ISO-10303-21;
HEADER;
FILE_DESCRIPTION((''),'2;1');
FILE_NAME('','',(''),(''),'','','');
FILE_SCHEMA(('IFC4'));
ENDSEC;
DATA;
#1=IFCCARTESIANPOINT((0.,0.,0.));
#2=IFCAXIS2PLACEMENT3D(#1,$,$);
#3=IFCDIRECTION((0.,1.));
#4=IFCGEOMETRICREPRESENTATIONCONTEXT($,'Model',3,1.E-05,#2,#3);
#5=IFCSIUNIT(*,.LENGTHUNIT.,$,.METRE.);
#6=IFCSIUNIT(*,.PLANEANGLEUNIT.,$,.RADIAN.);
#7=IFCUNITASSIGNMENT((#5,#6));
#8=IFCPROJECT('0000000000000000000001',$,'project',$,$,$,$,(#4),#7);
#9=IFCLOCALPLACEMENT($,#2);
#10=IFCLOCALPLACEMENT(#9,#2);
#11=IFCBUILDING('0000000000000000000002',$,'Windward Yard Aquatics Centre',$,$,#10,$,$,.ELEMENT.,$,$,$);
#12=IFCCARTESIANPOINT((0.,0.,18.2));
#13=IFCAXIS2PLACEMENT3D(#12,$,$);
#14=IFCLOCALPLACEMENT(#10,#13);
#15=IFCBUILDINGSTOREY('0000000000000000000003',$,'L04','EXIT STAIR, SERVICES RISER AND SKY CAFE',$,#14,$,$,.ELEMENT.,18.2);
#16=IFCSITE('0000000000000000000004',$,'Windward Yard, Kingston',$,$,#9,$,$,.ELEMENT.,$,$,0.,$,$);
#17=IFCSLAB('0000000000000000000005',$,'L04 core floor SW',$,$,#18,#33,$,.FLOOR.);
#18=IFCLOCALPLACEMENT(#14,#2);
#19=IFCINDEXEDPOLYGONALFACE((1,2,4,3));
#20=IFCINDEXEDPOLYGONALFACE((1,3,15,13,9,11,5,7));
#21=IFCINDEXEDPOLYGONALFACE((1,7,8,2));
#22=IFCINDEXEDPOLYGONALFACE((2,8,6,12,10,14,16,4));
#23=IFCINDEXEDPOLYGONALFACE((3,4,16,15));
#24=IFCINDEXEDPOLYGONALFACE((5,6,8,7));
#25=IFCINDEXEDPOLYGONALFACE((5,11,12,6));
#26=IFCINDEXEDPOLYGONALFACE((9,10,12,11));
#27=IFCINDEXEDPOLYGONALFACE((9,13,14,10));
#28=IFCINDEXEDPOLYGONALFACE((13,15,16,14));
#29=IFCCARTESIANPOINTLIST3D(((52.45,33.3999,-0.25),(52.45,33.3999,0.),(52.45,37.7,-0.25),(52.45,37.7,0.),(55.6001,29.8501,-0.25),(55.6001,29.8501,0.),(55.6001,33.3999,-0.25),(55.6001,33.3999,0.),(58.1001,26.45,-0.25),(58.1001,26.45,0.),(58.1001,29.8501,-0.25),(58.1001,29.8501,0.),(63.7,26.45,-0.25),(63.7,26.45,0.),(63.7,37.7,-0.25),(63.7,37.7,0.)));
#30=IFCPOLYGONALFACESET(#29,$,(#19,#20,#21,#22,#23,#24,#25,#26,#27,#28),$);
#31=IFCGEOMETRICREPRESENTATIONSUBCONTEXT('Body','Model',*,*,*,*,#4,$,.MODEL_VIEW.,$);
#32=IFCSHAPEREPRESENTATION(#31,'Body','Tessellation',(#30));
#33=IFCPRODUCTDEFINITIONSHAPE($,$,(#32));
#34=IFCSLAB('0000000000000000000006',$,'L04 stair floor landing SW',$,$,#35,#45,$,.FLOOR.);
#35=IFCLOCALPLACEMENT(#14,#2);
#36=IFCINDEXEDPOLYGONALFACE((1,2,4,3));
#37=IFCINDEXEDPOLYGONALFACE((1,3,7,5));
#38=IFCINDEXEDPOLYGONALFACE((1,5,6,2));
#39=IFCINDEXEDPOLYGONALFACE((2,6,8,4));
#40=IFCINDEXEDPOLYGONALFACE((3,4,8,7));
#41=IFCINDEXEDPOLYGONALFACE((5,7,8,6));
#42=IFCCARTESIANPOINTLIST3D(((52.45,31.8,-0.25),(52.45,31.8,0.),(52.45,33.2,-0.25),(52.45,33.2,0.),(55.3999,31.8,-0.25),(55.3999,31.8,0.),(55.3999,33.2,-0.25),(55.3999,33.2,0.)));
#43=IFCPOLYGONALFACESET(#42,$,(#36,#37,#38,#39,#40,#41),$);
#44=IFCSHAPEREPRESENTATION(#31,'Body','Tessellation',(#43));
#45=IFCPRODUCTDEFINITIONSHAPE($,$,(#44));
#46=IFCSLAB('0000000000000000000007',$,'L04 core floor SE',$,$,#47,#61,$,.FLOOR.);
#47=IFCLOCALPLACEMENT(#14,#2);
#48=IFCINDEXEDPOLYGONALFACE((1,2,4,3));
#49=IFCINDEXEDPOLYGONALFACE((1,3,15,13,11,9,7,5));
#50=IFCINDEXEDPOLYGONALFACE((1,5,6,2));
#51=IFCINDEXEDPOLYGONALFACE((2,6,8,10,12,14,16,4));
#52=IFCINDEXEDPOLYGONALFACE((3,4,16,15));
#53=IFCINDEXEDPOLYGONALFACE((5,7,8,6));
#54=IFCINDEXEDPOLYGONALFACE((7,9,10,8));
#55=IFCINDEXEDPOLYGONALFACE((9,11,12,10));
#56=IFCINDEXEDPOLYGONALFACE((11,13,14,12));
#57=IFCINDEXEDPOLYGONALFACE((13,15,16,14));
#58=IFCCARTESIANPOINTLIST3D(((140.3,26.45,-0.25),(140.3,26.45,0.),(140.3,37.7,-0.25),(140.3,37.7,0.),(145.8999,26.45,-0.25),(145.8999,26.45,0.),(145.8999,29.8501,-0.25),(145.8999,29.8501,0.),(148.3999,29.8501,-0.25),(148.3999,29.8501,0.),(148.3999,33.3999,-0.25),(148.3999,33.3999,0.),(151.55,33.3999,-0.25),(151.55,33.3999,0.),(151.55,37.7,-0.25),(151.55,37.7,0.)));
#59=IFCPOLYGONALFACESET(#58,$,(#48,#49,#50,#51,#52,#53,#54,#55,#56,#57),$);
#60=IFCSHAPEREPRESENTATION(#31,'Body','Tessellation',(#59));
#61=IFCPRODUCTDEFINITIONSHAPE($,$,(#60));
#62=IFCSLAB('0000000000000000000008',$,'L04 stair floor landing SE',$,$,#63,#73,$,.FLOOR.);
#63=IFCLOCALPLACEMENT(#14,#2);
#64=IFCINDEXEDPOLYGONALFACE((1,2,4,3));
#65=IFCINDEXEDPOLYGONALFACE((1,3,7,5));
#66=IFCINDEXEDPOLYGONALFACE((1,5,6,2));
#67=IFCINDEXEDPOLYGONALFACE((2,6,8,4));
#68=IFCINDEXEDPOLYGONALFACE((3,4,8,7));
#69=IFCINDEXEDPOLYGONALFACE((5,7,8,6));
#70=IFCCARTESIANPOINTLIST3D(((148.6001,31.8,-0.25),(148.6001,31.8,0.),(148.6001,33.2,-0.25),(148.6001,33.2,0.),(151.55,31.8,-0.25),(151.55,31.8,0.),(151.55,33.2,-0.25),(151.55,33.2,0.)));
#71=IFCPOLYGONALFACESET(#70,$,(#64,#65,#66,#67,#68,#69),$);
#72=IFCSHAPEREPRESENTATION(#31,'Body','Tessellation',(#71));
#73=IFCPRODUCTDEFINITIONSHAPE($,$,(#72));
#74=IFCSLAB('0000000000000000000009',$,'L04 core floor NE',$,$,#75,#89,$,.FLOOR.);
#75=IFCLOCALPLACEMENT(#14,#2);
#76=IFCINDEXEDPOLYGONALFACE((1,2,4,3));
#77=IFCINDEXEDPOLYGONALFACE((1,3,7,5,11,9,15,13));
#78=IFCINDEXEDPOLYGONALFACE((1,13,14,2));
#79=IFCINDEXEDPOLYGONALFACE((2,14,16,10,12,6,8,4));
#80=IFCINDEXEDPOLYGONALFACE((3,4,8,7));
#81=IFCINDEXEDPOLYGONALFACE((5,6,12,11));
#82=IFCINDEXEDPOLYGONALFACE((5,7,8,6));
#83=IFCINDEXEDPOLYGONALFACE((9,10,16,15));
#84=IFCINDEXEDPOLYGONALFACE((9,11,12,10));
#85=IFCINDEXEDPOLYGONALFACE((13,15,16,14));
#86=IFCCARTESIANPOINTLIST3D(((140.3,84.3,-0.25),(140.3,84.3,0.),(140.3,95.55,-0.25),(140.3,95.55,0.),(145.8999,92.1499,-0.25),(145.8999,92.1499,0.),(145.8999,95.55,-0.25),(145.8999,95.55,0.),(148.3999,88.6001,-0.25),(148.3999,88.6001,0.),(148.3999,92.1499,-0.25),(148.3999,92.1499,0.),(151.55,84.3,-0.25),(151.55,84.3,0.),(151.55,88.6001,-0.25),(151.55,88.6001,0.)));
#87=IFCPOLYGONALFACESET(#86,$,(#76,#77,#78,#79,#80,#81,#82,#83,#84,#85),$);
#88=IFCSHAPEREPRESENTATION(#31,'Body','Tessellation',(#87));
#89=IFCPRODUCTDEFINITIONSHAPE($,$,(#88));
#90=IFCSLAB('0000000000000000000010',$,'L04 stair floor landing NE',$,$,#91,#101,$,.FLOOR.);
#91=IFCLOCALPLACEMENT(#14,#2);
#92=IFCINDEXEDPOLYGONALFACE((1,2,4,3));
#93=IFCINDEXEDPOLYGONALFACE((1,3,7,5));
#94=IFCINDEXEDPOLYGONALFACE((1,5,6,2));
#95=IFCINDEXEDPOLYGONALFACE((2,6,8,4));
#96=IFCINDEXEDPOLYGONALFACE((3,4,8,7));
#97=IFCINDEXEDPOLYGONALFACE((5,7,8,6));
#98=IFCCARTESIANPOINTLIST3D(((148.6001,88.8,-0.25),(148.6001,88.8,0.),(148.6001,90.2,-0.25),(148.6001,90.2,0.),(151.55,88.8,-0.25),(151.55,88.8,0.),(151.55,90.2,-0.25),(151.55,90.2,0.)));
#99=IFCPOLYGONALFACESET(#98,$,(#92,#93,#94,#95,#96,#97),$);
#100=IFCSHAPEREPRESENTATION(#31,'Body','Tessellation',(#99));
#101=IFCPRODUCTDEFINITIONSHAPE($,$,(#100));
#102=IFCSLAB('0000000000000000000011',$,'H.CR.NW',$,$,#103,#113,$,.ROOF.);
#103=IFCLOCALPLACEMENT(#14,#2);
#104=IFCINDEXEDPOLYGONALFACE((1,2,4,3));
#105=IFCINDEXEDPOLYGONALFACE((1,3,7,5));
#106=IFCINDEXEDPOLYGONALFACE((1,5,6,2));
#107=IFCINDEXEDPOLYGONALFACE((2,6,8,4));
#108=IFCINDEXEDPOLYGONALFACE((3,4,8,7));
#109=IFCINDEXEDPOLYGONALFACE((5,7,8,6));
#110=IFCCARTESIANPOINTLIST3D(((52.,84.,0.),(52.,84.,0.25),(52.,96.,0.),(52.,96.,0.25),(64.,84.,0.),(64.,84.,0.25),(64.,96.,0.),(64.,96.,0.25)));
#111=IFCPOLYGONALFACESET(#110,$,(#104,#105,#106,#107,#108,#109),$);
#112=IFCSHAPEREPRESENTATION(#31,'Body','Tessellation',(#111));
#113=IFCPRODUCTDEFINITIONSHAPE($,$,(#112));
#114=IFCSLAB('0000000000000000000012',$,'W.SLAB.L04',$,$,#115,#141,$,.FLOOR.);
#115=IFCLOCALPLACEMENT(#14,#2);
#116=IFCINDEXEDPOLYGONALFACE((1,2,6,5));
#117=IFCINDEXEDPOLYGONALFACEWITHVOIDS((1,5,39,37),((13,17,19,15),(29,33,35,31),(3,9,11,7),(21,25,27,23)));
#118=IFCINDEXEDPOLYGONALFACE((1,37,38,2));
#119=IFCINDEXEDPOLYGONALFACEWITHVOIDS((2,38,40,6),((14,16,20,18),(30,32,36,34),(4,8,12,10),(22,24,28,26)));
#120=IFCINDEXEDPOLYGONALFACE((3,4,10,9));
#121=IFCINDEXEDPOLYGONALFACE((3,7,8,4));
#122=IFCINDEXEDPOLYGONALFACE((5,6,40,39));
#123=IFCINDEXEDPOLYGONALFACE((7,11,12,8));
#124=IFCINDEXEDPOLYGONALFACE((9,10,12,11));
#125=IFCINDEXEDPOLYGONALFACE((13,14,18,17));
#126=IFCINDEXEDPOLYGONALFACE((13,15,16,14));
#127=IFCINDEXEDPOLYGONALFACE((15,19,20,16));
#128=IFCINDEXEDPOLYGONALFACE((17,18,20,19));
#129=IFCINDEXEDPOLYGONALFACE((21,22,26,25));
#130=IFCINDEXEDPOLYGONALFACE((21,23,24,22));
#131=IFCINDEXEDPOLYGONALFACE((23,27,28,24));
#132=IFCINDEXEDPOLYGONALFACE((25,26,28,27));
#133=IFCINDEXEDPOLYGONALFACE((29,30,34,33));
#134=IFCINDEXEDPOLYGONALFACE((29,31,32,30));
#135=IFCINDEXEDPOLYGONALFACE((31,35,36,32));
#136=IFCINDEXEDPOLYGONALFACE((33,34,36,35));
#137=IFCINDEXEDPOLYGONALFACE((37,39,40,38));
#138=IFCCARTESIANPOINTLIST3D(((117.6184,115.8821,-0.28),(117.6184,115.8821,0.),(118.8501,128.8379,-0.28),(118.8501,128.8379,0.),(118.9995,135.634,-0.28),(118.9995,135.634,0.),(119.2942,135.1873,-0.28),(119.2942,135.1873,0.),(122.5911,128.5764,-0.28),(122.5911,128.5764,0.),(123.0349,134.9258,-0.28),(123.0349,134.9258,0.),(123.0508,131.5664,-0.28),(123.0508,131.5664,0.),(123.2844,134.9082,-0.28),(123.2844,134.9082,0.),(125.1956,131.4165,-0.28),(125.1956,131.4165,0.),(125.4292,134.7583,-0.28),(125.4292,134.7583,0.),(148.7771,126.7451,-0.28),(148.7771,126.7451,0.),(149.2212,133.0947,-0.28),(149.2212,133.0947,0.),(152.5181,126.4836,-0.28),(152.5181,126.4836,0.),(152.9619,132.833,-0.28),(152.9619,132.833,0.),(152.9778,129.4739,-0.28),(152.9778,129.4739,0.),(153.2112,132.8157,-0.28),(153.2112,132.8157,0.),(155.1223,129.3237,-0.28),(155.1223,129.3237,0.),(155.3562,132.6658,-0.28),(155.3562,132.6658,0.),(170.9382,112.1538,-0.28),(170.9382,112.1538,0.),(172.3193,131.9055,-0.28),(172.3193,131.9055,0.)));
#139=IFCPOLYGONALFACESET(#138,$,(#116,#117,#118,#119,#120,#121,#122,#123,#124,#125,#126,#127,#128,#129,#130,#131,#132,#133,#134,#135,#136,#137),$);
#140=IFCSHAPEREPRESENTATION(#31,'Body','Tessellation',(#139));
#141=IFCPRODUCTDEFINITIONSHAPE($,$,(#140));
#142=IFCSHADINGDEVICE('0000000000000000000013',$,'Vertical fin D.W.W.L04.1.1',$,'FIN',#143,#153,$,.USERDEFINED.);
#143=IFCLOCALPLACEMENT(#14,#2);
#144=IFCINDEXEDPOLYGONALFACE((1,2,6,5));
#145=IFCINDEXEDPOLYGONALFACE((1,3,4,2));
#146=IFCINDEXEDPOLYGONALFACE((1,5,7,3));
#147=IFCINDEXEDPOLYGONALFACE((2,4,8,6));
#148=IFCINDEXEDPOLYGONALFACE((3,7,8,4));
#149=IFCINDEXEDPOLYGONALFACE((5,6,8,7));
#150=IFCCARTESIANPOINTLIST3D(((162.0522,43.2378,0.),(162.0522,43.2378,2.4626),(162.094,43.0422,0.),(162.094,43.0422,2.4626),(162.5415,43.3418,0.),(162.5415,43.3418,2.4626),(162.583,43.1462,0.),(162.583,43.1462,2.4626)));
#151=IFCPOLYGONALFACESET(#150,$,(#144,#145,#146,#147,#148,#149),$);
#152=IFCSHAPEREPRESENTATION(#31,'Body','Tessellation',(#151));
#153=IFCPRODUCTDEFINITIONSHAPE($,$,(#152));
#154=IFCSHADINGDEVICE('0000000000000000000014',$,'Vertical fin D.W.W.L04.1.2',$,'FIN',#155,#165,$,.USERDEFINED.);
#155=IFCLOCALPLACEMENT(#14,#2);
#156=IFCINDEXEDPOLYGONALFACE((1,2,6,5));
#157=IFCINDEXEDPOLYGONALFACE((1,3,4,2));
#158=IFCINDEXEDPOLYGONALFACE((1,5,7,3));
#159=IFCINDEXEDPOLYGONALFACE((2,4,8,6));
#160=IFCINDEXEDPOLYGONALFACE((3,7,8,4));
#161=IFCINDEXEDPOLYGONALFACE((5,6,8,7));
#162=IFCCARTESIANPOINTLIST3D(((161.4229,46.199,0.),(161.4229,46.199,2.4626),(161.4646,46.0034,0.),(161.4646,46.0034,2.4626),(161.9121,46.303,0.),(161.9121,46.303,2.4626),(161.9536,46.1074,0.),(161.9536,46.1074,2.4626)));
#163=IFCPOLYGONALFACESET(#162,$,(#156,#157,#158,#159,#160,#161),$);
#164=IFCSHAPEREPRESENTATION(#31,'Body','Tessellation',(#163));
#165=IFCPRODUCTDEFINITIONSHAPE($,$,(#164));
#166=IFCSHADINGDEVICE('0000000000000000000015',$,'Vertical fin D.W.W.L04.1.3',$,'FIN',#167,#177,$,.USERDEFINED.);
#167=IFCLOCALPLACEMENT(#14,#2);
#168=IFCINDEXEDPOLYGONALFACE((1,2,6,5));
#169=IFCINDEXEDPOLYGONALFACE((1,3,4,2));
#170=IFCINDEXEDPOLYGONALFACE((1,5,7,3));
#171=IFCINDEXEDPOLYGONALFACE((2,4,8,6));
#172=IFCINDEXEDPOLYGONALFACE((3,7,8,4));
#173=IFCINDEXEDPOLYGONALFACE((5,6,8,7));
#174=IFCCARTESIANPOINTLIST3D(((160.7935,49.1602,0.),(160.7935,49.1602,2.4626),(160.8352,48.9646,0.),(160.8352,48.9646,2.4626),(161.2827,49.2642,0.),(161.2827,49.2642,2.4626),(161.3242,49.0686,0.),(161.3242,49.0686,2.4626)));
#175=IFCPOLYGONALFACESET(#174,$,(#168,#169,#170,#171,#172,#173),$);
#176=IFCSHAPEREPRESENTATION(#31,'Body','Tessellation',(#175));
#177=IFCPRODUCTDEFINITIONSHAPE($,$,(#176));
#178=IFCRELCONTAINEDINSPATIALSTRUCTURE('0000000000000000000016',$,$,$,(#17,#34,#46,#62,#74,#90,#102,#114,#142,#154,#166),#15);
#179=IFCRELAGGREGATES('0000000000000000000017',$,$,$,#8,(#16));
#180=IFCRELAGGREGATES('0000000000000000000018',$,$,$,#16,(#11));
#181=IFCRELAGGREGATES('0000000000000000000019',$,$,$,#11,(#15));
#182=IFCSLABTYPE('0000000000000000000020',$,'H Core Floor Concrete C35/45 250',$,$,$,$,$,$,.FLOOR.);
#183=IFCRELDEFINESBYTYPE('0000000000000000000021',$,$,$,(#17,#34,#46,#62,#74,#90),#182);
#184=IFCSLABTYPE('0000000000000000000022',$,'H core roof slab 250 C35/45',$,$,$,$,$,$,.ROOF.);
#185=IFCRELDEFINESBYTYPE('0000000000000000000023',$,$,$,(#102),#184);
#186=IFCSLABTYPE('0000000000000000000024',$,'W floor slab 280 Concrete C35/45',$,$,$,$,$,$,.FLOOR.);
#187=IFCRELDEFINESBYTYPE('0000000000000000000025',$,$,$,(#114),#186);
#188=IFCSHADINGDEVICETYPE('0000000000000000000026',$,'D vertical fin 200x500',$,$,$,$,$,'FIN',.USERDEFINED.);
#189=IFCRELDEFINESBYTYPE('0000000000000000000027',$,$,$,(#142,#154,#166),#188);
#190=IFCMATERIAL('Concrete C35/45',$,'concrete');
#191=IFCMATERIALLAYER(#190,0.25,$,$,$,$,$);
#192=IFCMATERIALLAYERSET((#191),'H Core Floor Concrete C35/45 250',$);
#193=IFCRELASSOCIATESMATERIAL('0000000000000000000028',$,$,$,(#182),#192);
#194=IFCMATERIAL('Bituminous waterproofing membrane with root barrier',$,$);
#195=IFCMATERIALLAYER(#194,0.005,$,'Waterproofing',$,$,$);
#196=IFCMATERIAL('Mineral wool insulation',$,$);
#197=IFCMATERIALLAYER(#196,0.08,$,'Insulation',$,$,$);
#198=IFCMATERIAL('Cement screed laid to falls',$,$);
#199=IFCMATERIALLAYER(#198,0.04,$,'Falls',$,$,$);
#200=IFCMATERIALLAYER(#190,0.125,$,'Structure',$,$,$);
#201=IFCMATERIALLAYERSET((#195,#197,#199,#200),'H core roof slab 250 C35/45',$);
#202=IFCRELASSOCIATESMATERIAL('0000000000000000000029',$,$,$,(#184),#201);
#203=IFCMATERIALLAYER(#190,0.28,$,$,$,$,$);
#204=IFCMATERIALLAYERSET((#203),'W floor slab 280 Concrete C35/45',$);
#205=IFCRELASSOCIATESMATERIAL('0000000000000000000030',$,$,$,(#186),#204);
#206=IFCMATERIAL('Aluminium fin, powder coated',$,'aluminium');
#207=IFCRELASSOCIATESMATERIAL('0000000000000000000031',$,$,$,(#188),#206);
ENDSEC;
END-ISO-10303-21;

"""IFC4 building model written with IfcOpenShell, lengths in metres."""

from ifc_helpers import new_model, si_unit, direction, frame, origin, place, context, subcontext, project, spatial, polyline, outline, extrude, material, layer, layer_set, type_object, element, save


model = new_model("IFC4")

# Units and contexts
model_context = context("Model", 3, precision=1e-05, world=origin(), true_north=direction((0.0, 1.0)))
body_context = subcontext(model_context, "Body", "Model", "MODEL_VIEW")
ifc_project = project(units=[si_unit("LENGTHUNIT", "METRE"), si_unit("PLANEANGLEUNIT", "RADIAN")], contexts=[model_context])

# Site, building, storey
site_placement = place(None, origin())
site = spatial("IfcSite", under=ifc_project, at=site_placement, Name="Windward Yard, Kingston", CompositionType="ELEMENT", RefElevation=0.0)
building_placement = place(site_placement, origin())
building = spatial("IfcBuilding", under=site, at=building_placement, Name="Windward Yard Aquatics Centre", CompositionType="ELEMENT")
storey_placement = place(building_placement, frame((0.0, 0.0, 18.2)))
storey = spatial("IfcBuildingStorey", under=building, at=storey_placement, Name="L04", Description="EXIT STAIR, SERVICES RISER AND SKY CAFE", CompositionType="ELEMENT", Elevation=18.2)

# Slabs
ifc_material_1 = material(Name="Concrete C35/45", Category="concrete")
ifc_layer_1 = layer(ifc_material_1, 0.25)
ifc_layer_set_1 = layer_set([ifc_layer_1], Name="H Core Floor Concrete C35/45 250")
slab_type_1 = type_object("IfcSlabType", Name="H Core Floor Concrete C35/45 250", PredefinedType="FLOOR", material=ifc_layer_set_1)
slab_1_placement = place(storey_placement, frame((0.0, 0.0, -0.25)))
element("IfcSlab", 1, at=slab_1_placement, inside=storey, type_object=slab_type_1, Name="L04 core floor SW", PredefinedType="FLOOR", context=body_context, shape_type="SweptSolid", body=[
    extrude(outline(polyline([(52.45, 33.3999), (55.6001, 33.3999), (55.6001, 29.8501), (58.1001, 29.8501), (58.1001, 26.45), (63.7, 26.45), (63.7, 37.7), (52.45, 37.7), (52.45, 33.3999)])), origin(), (0.0, 0.0, 1.0), 0.25),
])
slab_2_placement = place(storey_placement, frame((0.0, 0.0, -0.25)))
element("IfcSlab", 2, at=slab_2_placement, inside=storey, type_object=slab_type_1, Name="L04 stair floor landing SW", PredefinedType="FLOOR", context=body_context, shape_type="SweptSolid", body=[
    extrude(outline(polyline([(52.45, 31.8), (55.3999, 31.8), (55.3999, 33.2), (52.45, 33.2), (52.45, 31.8)])), origin(), (0.0, 0.0, 1.0), 0.25),
])
slab_3_placement = place(storey_placement, frame((0.0, 0.0, -0.25)))
element("IfcSlab", 3, at=slab_3_placement, inside=storey, type_object=slab_type_1, Name="L04 core floor SE", PredefinedType="FLOOR", context=body_context, shape_type="SweptSolid", body=[
    extrude(outline(polyline([(140.3, 26.45), (145.8999, 26.45), (145.8999, 29.8501), (148.3999, 29.8501), (148.3999, 33.3999), (151.55, 33.3999), (151.55, 37.7), (140.3, 37.7), (140.3, 26.45)])), origin(), (0.0, 0.0, 1.0), 0.25),
])
slab_4_placement = place(storey_placement, frame((0.0, 0.0, -0.25)))
element("IfcSlab", 4, at=slab_4_placement, inside=storey, type_object=slab_type_1, Name="L04 stair floor landing SE", PredefinedType="FLOOR", context=body_context, shape_type="SweptSolid", body=[
    extrude(outline(polyline([(148.6001, 31.8), (151.55, 31.8), (151.55, 33.2), (148.6001, 33.2), (148.6001, 31.8)])), origin(), (0.0, 0.0, 1.0), 0.25),
])
slab_5_placement = place(storey_placement, frame((0.0, 0.0, -0.25)))
element("IfcSlab", 5, at=slab_5_placement, inside=storey, type_object=slab_type_1, Name="L04 core floor NE", PredefinedType="FLOOR", context=body_context, shape_type="SweptSolid", body=[
    extrude(outline(polyline([(140.3, 84.3), (151.55, 84.3), (151.55, 88.6001), (148.3999, 88.6001), (148.3999, 92.1499), (145.8999, 92.1499), (145.8999, 95.55), (140.3, 95.55), (140.3, 84.3)])), origin(), (0.0, 0.0, 1.0), 0.25),
])
slab_6_placement = place(storey_placement, frame((0.0, 0.0, -0.25)))
element("IfcSlab", 6, at=slab_6_placement, inside=storey, type_object=slab_type_1, Name="L04 stair floor landing NE", PredefinedType="FLOOR", context=body_context, shape_type="SweptSolid", body=[
    extrude(outline(polyline([(148.6001, 88.8), (151.55, 88.8), (151.55, 90.2), (148.6001, 90.2), (148.6001, 88.8)])), origin(), (0.0, 0.0, 1.0), 0.25),
])
ifc_material_2 = material(Name="Bituminous waterproofing membrane with root barrier")
ifc_layer_2 = layer(ifc_material_2, 0.005, Name="Waterproofing")
ifc_material_3 = material(Name="Mineral wool insulation")
ifc_layer_3 = layer(ifc_material_3, 0.08, Name="Insulation")
ifc_material_4 = material(Name="Cement screed laid to falls")
ifc_layer_4 = layer(ifc_material_4, 0.04, Name="Falls")
ifc_layer_5 = layer(ifc_material_1, 0.125, Name="Structure")
ifc_layer_set_2 = layer_set([ifc_layer_2, ifc_layer_3, ifc_layer_4, ifc_layer_5], Name="H core roof slab 250 C35/45")
slab_type_2 = type_object("IfcSlabType", Name="H core roof slab 250 C35/45", PredefinedType="ROOF", material=ifc_layer_set_2)
slab_7_placement = place(storey_placement, origin())
element("IfcSlab", 7, at=slab_7_placement, inside=storey, type_object=slab_type_2, Name="H.CR.NW", PredefinedType="ROOF", context=body_context, shape_type="SweptSolid", body=[
    extrude(outline(polyline([(52.0, 84.0), (64.0, 84.0), (64.0, 96.0), (52.0, 96.0), (52.0, 84.0)])), origin(), (0.0, 0.0, 1.0), 0.25),
])
ifc_layer_6 = layer(ifc_material_1, 0.28)
ifc_layer_set_3 = layer_set([ifc_layer_6], Name="W floor slab 280 Concrete C35/45")
slab_type_3 = type_object("IfcSlabType", Name="W floor slab 280 Concrete C35/45", PredefinedType="FLOOR", material=ifc_layer_set_3)
slab_8_placement = place(storey_placement, frame((0.0, 0.0, -0.28)))
element("IfcSlab", 8, at=slab_8_placement, inside=storey, type_object=slab_type_3, Name="W.SLAB.L04", PredefinedType="FLOOR", context=body_context, shape_type="SweptSolid", body=[
    extrude(outline(polyline([(117.6184, 115.8821), (170.9382, 112.1538), (172.3193, 131.9055), (118.9995, 135.634), (117.6184, 115.8821)]), holes=[polyline([(118.8501, 128.8379), (122.5911, 128.5764), (123.0349, 134.9258), (119.2942, 135.1873), (118.8501, 128.8379)]), polyline([(123.0508, 131.5664), (125.1956, 131.4165), (125.4292, 134.7583), (123.2844, 134.9082), (123.0508, 131.5664)]), polyline([(148.7771, 126.7451), (152.5181, 126.4836), (152.9619, 132.833), (149.2212, 133.0947), (148.7771, 126.7451)]), polyline([(152.9778, 129.4739), (155.1223, 129.3237), (155.3562, 132.6658), (153.2112, 132.8157), (152.9778, 129.4739)])]), origin(), (0.0, 0.0, 1.0), 0.28),
])

# Shading devices
ifc_material_5 = material(Name="Aluminium fin, powder coated", Category="aluminium")
shading_device_type_1 = type_object("IfcShadingDeviceType", Name="D vertical fin 200x500", ElementType="FIN", PredefinedType="USERDEFINED", material=ifc_material_5)
shading_device_1_placement = place(storey_placement, origin())
element("IfcShadingDevice", 9, at=shading_device_1_placement, inside=storey, type_object=shading_device_type_1, Name="Vertical fin D.W.W.L04.1.1", ObjectType="FIN", PredefinedType="USERDEFINED", context=body_context, shape_type="SweptSolid", body=[
    extrude(outline(polyline([(162.0522, 43.2378), (162.094, 43.0422), (162.583, 43.1462), (162.5415, 43.3418), (162.0522, 43.2378)])), origin(), (0.0, 0.0, 1.0), 2.4626),
])
shading_device_2_placement = place(storey_placement, origin())
element("IfcShadingDevice", 10, at=shading_device_2_placement, inside=storey, type_object=shading_device_type_1, Name="Vertical fin D.W.W.L04.1.2", ObjectType="FIN", PredefinedType="USERDEFINED", context=body_context, shape_type="SweptSolid", body=[
    extrude(outline(polyline([(161.4229, 46.199), (161.4646, 46.0034), (161.9536, 46.1074), (161.9121, 46.303), (161.4229, 46.199)])), origin(), (0.0, 0.0, 1.0), 2.4626),
])
shading_device_3_placement = place(storey_placement, origin())
element("IfcShadingDevice", 11, at=shading_device_3_placement, inside=storey, type_object=shading_device_type_1, Name="Vertical fin D.W.W.L04.1.3", ObjectType="FIN", PredefinedType="USERDEFINED", context=body_context, shape_type="SweptSolid", body=[
    extrude(outline(polyline([(160.7935, 49.1602), (160.8352, 48.9646), (161.3242, 49.0686), (161.2827, 49.2642), (160.7935, 49.1602)])), origin(), (0.0, 0.0, 1.0), 2.4626),
])

save(model, "model.ifc")
